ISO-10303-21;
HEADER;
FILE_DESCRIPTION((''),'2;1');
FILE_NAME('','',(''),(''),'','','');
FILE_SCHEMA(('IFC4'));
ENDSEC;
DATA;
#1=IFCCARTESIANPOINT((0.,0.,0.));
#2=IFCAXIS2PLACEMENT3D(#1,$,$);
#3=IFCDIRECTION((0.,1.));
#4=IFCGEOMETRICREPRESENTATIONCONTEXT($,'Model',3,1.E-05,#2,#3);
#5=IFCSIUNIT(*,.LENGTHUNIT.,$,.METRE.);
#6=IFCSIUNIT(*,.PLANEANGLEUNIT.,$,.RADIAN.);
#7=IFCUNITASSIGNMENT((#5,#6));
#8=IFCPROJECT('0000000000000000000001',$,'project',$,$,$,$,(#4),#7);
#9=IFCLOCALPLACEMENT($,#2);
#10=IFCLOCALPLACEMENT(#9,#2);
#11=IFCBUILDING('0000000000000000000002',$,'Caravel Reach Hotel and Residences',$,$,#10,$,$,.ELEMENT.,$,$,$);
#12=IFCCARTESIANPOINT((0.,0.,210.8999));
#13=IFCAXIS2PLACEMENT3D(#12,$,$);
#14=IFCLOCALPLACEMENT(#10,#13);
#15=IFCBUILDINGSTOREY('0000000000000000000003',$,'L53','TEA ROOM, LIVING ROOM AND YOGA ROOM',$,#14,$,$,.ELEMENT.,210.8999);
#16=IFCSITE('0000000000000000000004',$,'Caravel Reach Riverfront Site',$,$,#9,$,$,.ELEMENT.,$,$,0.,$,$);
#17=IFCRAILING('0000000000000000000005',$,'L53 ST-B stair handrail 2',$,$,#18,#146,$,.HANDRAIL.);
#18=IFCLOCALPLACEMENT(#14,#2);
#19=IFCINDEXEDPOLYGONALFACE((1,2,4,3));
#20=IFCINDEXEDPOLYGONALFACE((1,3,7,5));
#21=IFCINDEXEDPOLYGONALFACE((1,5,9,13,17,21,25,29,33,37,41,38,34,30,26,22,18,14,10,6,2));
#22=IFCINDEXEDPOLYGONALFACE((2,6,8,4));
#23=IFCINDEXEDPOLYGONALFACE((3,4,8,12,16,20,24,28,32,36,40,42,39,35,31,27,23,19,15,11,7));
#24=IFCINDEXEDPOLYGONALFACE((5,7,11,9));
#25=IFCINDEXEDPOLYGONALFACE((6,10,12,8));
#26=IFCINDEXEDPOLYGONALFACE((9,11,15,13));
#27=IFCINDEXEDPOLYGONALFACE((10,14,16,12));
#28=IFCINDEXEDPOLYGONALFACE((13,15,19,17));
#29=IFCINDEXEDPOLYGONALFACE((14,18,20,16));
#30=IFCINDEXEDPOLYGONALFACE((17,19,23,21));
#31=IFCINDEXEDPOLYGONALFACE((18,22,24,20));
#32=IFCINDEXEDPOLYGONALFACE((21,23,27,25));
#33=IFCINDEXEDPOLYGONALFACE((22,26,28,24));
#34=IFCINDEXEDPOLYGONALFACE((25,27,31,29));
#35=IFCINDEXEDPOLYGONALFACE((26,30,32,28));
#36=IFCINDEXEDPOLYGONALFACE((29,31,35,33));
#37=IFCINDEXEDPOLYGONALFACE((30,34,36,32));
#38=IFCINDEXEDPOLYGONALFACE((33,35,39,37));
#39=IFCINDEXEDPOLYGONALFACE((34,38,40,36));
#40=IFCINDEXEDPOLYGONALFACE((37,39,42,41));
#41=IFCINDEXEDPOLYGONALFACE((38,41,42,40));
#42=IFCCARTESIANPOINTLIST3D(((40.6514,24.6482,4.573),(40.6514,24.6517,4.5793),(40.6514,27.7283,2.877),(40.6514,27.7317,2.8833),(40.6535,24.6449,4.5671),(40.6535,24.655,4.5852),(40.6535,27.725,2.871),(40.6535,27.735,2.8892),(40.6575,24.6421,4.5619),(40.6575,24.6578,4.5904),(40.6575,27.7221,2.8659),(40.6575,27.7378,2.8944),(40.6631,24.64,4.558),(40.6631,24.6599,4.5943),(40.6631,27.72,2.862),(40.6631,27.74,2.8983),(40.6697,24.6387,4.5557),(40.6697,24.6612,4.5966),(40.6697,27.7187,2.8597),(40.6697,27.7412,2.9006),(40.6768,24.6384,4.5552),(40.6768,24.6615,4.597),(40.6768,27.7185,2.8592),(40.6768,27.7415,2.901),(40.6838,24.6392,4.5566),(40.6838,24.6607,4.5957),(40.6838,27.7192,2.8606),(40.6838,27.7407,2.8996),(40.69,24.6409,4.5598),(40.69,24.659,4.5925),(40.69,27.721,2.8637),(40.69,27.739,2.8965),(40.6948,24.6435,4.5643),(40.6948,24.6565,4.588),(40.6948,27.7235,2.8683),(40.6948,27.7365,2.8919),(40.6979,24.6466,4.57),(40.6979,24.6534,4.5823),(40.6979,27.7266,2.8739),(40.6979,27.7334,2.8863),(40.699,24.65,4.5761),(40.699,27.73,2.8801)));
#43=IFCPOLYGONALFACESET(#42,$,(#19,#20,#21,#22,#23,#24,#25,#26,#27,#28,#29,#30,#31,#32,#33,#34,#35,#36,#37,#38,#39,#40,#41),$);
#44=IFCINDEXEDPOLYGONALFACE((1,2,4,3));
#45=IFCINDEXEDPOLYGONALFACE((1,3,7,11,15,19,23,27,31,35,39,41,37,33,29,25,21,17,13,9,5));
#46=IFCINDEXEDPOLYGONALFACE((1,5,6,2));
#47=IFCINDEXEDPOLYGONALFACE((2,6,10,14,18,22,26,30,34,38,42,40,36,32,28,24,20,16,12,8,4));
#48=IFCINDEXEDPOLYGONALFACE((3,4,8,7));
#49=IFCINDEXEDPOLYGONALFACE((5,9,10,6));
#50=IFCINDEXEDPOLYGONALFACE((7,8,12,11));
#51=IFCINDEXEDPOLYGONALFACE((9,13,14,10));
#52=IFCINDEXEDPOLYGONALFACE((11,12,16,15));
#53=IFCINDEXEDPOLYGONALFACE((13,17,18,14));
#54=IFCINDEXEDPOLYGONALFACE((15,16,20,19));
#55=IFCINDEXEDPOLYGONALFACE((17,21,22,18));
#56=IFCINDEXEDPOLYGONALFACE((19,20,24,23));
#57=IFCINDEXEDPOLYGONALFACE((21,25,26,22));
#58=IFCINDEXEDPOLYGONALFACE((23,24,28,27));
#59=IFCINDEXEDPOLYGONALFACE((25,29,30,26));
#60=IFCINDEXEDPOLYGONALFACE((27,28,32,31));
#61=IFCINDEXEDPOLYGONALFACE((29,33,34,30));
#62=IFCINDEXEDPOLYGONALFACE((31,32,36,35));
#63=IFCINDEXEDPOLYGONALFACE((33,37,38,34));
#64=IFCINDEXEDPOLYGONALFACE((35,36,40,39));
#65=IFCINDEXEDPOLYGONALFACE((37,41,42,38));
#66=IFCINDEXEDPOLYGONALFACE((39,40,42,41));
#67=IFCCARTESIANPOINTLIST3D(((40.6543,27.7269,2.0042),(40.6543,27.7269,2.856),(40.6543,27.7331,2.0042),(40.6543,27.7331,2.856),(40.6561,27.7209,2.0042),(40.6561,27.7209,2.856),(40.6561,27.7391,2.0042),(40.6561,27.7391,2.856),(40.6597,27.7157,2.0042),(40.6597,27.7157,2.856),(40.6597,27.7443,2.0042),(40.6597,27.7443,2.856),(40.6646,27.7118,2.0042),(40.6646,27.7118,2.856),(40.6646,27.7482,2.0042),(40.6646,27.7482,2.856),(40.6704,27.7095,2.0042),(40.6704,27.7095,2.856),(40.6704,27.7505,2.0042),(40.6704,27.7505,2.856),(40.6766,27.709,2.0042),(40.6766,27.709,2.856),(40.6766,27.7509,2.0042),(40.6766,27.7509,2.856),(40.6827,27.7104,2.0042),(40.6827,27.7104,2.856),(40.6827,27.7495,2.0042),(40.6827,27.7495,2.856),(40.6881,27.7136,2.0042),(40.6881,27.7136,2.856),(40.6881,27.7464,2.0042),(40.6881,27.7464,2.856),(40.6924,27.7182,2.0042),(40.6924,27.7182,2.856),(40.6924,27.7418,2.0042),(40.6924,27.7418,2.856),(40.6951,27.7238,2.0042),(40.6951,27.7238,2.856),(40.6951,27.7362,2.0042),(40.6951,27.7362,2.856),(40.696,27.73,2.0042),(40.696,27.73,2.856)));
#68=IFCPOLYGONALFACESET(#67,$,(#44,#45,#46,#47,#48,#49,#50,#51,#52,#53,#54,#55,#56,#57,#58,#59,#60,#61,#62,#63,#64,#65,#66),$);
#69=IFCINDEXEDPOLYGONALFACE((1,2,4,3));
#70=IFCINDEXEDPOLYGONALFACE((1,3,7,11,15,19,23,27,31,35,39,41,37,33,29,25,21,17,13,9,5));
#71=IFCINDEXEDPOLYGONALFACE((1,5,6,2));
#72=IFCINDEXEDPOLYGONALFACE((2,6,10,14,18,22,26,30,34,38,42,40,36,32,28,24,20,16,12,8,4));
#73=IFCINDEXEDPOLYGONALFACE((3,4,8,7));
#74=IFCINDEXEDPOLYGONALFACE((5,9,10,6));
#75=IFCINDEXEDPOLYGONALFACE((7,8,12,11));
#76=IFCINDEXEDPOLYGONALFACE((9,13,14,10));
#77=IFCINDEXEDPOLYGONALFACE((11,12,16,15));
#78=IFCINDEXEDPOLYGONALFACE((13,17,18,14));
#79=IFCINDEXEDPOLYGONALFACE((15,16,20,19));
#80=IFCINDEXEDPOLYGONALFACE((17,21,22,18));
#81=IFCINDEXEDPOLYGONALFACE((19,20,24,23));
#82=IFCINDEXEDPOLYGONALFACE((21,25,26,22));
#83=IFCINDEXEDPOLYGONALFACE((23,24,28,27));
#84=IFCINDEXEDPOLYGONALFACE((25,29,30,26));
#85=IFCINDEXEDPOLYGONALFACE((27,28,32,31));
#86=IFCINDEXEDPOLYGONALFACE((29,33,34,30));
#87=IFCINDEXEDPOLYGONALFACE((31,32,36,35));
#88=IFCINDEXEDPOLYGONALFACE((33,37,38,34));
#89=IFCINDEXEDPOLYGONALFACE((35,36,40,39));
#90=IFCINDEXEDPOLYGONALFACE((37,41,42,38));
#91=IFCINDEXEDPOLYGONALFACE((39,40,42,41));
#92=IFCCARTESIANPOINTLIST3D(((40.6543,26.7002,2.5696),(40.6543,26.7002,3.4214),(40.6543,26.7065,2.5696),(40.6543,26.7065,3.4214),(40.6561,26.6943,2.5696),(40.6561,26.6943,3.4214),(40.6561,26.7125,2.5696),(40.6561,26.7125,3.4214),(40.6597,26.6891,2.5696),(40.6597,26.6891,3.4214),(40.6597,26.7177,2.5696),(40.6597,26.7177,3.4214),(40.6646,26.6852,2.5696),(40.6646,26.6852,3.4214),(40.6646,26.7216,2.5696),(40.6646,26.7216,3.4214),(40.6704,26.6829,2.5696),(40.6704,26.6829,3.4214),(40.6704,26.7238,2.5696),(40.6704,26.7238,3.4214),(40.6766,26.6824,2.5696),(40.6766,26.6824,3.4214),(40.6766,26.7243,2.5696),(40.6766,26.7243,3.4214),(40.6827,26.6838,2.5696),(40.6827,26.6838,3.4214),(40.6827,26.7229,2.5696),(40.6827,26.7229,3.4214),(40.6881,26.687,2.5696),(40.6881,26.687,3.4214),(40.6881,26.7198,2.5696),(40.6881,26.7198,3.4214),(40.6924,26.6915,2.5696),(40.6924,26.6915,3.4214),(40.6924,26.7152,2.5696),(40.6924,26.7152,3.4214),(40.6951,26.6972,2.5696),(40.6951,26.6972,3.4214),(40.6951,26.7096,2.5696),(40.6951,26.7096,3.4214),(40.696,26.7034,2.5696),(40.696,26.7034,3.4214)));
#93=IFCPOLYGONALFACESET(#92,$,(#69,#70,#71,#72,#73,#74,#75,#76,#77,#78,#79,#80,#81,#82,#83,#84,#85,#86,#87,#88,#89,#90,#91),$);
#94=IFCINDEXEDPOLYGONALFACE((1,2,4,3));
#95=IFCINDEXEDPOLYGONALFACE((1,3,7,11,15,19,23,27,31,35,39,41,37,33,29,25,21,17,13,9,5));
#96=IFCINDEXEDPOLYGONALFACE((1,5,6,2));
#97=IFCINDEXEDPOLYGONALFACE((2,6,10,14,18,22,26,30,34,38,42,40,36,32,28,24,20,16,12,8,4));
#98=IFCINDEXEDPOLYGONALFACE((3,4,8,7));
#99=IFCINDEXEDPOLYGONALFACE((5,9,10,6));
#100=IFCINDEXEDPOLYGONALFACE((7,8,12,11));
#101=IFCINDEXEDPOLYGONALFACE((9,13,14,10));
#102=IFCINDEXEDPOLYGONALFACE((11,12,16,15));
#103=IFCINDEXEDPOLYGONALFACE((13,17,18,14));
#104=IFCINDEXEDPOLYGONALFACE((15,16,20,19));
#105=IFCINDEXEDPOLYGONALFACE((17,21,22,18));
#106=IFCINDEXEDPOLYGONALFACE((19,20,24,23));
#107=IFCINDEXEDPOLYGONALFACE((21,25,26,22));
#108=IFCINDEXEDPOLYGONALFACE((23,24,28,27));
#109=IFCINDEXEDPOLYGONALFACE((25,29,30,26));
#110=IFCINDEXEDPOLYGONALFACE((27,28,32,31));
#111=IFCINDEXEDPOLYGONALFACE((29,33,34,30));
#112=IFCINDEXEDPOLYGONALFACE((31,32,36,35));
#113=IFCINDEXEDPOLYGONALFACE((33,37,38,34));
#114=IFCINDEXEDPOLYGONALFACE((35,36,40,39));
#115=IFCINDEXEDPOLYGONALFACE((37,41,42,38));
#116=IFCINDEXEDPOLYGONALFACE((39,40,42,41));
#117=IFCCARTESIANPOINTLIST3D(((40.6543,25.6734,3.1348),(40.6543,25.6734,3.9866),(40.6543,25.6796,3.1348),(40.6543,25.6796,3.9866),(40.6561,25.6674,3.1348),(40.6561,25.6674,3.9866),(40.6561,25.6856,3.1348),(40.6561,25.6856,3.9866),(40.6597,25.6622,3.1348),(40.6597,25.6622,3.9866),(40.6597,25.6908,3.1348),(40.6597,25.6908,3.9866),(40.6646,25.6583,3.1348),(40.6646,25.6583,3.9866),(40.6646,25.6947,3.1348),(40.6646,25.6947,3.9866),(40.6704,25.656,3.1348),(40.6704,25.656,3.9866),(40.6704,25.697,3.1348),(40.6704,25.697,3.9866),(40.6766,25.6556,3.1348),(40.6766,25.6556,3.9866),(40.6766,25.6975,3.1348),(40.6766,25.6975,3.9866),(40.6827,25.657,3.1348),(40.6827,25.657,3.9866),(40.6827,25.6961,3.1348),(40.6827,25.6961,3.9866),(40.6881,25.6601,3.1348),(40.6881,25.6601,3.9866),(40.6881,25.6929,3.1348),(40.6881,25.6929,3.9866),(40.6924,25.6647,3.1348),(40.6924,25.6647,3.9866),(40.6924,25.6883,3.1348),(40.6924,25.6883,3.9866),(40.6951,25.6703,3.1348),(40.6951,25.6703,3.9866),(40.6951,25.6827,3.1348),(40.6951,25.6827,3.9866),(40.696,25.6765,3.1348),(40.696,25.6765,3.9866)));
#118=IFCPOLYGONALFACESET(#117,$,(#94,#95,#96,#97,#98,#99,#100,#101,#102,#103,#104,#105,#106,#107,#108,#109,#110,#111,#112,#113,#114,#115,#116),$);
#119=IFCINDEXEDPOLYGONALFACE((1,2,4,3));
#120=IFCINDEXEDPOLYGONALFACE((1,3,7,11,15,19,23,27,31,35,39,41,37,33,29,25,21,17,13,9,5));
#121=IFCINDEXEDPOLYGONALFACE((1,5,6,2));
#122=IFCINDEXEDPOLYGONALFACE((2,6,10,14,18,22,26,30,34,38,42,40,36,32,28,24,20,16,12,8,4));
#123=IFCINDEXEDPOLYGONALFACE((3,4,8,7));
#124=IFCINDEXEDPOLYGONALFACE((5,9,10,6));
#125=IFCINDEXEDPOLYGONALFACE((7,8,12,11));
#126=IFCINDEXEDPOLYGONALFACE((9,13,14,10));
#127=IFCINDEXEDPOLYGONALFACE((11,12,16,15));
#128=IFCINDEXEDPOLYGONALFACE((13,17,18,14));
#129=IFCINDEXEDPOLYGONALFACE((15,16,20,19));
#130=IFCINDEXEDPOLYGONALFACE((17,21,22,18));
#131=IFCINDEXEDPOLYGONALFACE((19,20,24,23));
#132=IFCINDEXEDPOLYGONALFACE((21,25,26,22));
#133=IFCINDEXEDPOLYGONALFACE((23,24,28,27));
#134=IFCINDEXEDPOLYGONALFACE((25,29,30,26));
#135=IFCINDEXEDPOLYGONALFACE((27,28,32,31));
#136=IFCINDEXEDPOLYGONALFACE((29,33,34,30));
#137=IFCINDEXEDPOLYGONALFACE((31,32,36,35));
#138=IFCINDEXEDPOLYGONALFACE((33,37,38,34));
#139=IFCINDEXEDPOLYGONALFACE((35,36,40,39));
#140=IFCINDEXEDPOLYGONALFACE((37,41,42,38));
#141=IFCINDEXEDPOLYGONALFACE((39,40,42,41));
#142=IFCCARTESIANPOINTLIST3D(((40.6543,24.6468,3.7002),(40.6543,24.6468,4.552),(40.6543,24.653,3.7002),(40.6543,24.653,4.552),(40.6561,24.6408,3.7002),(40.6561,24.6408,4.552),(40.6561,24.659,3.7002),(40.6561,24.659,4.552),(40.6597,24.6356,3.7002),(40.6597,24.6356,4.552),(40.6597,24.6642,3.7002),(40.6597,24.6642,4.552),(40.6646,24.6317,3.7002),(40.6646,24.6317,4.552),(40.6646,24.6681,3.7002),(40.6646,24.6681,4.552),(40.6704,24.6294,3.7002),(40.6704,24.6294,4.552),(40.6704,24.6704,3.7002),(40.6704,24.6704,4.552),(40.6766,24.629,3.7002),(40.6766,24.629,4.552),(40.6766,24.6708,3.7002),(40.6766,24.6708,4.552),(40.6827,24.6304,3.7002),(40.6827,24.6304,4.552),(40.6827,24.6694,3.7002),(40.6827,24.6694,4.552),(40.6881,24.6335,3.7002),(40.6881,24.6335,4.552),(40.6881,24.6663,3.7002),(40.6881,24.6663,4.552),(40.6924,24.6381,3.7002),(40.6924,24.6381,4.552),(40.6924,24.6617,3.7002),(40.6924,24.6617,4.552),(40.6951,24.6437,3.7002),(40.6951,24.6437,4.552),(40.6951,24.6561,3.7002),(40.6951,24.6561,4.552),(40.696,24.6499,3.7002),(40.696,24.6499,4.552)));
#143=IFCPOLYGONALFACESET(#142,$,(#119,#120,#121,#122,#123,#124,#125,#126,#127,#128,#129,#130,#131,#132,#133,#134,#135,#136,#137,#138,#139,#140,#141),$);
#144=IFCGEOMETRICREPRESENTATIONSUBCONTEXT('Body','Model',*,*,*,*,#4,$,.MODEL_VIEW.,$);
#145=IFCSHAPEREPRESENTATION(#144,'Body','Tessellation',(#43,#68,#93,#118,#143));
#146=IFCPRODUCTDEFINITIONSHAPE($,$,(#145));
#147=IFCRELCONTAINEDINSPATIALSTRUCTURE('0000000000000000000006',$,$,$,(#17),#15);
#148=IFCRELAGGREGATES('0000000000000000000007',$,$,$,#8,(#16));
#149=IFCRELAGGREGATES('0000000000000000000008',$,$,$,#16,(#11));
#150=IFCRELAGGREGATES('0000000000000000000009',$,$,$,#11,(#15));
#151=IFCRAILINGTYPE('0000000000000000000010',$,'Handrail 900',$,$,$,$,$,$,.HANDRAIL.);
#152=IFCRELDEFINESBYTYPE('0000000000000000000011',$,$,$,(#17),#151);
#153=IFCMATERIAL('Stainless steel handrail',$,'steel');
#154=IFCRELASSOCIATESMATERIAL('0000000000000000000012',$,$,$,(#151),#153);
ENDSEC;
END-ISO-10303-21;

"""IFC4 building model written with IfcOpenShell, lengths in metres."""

from ifc_helpers import new_model, si_unit, direction, frame, origin, origin_2d, place, context, subcontext, project, spatial, circle, extrude, material, type_object, element, save


model = new_model("IFC4")

# Units and contexts
model_context = context("Model", 3, precision=1e-05, world=origin(), true_north=direction((0.0, 1.0)))
body_context = subcontext(model_context, "Body", "Model", "MODEL_VIEW")
ifc_project = project(units=[si_unit("LENGTHUNIT", "METRE"), si_unit("PLANEANGLEUNIT", "RADIAN")], contexts=[model_context])

# Site, building, storey
site_placement = place(None, origin())
site = spatial("IfcSite", under=ifc_project, at=site_placement, Name="Caravel Reach Riverfront Site", CompositionType="ELEMENT", RefElevation=0.0)
building_placement = place(site_placement, origin())
building = spatial("IfcBuilding", under=site, at=building_placement, Name="Caravel Reach Hotel and Residences", CompositionType="ELEMENT")
storey_placement = place(building_placement, frame((0.0, 0.0, 210.8999)))
storey = spatial("IfcBuildingStorey", under=building, at=storey_placement, Name="L53", Description="TEA ROOM, LIVING ROOM AND YOGA ROOM", CompositionType="ELEMENT", Elevation=210.8999)

# Railing
ifc_material_1 = material(Name="Stainless steel handrail", Category="steel")
railing_type_1 = type_object("IfcRailingType", Name="Handrail 900", PredefinedType="HANDRAIL", material=ifc_material_1)
railing_1_placement = place(storey_placement, frame((40.675, 27.73, 2.0042)))
element("IfcRailing", 1, at=railing_1_placement, inside=storey, type_object=railing_type_1, Name="L53 ST-B stair handrail 2", PredefinedType="HANDRAIL", context=body_context, shape_type="SweptSolid", body=[
    extrude(circle(Radius=0.0239, at=origin_2d()), frame((0.0, 0.0, 0.876), z_axis=(0.0, -0.875975, 0.482356), x_axis=(1.0, 0.0, 0.0)), (0.0, 0.0, 1.0), 3.5161),
    extrude(circle(Radius=0.021, at=origin_2d()), origin(), (0.0, 0.0, 1.0), 0.8518),
    extrude(circle(Radius=0.021, at=origin_2d()), frame((0.0, -1.0266, 0.5654)), (0.0, 0.0, 1.0), 0.8518),
    extrude(circle(Radius=0.021, at=origin_2d()), frame((0.0, -2.0535, 1.1306)), (0.0, 0.0, 1.0), 0.8518),
    extrude(circle(Radius=0.021, at=origin_2d()), frame((0.0, -3.0801, 1.696)), (0.0, 0.0, 1.0), 0.8518),
])

save(model, "model.ifc")
